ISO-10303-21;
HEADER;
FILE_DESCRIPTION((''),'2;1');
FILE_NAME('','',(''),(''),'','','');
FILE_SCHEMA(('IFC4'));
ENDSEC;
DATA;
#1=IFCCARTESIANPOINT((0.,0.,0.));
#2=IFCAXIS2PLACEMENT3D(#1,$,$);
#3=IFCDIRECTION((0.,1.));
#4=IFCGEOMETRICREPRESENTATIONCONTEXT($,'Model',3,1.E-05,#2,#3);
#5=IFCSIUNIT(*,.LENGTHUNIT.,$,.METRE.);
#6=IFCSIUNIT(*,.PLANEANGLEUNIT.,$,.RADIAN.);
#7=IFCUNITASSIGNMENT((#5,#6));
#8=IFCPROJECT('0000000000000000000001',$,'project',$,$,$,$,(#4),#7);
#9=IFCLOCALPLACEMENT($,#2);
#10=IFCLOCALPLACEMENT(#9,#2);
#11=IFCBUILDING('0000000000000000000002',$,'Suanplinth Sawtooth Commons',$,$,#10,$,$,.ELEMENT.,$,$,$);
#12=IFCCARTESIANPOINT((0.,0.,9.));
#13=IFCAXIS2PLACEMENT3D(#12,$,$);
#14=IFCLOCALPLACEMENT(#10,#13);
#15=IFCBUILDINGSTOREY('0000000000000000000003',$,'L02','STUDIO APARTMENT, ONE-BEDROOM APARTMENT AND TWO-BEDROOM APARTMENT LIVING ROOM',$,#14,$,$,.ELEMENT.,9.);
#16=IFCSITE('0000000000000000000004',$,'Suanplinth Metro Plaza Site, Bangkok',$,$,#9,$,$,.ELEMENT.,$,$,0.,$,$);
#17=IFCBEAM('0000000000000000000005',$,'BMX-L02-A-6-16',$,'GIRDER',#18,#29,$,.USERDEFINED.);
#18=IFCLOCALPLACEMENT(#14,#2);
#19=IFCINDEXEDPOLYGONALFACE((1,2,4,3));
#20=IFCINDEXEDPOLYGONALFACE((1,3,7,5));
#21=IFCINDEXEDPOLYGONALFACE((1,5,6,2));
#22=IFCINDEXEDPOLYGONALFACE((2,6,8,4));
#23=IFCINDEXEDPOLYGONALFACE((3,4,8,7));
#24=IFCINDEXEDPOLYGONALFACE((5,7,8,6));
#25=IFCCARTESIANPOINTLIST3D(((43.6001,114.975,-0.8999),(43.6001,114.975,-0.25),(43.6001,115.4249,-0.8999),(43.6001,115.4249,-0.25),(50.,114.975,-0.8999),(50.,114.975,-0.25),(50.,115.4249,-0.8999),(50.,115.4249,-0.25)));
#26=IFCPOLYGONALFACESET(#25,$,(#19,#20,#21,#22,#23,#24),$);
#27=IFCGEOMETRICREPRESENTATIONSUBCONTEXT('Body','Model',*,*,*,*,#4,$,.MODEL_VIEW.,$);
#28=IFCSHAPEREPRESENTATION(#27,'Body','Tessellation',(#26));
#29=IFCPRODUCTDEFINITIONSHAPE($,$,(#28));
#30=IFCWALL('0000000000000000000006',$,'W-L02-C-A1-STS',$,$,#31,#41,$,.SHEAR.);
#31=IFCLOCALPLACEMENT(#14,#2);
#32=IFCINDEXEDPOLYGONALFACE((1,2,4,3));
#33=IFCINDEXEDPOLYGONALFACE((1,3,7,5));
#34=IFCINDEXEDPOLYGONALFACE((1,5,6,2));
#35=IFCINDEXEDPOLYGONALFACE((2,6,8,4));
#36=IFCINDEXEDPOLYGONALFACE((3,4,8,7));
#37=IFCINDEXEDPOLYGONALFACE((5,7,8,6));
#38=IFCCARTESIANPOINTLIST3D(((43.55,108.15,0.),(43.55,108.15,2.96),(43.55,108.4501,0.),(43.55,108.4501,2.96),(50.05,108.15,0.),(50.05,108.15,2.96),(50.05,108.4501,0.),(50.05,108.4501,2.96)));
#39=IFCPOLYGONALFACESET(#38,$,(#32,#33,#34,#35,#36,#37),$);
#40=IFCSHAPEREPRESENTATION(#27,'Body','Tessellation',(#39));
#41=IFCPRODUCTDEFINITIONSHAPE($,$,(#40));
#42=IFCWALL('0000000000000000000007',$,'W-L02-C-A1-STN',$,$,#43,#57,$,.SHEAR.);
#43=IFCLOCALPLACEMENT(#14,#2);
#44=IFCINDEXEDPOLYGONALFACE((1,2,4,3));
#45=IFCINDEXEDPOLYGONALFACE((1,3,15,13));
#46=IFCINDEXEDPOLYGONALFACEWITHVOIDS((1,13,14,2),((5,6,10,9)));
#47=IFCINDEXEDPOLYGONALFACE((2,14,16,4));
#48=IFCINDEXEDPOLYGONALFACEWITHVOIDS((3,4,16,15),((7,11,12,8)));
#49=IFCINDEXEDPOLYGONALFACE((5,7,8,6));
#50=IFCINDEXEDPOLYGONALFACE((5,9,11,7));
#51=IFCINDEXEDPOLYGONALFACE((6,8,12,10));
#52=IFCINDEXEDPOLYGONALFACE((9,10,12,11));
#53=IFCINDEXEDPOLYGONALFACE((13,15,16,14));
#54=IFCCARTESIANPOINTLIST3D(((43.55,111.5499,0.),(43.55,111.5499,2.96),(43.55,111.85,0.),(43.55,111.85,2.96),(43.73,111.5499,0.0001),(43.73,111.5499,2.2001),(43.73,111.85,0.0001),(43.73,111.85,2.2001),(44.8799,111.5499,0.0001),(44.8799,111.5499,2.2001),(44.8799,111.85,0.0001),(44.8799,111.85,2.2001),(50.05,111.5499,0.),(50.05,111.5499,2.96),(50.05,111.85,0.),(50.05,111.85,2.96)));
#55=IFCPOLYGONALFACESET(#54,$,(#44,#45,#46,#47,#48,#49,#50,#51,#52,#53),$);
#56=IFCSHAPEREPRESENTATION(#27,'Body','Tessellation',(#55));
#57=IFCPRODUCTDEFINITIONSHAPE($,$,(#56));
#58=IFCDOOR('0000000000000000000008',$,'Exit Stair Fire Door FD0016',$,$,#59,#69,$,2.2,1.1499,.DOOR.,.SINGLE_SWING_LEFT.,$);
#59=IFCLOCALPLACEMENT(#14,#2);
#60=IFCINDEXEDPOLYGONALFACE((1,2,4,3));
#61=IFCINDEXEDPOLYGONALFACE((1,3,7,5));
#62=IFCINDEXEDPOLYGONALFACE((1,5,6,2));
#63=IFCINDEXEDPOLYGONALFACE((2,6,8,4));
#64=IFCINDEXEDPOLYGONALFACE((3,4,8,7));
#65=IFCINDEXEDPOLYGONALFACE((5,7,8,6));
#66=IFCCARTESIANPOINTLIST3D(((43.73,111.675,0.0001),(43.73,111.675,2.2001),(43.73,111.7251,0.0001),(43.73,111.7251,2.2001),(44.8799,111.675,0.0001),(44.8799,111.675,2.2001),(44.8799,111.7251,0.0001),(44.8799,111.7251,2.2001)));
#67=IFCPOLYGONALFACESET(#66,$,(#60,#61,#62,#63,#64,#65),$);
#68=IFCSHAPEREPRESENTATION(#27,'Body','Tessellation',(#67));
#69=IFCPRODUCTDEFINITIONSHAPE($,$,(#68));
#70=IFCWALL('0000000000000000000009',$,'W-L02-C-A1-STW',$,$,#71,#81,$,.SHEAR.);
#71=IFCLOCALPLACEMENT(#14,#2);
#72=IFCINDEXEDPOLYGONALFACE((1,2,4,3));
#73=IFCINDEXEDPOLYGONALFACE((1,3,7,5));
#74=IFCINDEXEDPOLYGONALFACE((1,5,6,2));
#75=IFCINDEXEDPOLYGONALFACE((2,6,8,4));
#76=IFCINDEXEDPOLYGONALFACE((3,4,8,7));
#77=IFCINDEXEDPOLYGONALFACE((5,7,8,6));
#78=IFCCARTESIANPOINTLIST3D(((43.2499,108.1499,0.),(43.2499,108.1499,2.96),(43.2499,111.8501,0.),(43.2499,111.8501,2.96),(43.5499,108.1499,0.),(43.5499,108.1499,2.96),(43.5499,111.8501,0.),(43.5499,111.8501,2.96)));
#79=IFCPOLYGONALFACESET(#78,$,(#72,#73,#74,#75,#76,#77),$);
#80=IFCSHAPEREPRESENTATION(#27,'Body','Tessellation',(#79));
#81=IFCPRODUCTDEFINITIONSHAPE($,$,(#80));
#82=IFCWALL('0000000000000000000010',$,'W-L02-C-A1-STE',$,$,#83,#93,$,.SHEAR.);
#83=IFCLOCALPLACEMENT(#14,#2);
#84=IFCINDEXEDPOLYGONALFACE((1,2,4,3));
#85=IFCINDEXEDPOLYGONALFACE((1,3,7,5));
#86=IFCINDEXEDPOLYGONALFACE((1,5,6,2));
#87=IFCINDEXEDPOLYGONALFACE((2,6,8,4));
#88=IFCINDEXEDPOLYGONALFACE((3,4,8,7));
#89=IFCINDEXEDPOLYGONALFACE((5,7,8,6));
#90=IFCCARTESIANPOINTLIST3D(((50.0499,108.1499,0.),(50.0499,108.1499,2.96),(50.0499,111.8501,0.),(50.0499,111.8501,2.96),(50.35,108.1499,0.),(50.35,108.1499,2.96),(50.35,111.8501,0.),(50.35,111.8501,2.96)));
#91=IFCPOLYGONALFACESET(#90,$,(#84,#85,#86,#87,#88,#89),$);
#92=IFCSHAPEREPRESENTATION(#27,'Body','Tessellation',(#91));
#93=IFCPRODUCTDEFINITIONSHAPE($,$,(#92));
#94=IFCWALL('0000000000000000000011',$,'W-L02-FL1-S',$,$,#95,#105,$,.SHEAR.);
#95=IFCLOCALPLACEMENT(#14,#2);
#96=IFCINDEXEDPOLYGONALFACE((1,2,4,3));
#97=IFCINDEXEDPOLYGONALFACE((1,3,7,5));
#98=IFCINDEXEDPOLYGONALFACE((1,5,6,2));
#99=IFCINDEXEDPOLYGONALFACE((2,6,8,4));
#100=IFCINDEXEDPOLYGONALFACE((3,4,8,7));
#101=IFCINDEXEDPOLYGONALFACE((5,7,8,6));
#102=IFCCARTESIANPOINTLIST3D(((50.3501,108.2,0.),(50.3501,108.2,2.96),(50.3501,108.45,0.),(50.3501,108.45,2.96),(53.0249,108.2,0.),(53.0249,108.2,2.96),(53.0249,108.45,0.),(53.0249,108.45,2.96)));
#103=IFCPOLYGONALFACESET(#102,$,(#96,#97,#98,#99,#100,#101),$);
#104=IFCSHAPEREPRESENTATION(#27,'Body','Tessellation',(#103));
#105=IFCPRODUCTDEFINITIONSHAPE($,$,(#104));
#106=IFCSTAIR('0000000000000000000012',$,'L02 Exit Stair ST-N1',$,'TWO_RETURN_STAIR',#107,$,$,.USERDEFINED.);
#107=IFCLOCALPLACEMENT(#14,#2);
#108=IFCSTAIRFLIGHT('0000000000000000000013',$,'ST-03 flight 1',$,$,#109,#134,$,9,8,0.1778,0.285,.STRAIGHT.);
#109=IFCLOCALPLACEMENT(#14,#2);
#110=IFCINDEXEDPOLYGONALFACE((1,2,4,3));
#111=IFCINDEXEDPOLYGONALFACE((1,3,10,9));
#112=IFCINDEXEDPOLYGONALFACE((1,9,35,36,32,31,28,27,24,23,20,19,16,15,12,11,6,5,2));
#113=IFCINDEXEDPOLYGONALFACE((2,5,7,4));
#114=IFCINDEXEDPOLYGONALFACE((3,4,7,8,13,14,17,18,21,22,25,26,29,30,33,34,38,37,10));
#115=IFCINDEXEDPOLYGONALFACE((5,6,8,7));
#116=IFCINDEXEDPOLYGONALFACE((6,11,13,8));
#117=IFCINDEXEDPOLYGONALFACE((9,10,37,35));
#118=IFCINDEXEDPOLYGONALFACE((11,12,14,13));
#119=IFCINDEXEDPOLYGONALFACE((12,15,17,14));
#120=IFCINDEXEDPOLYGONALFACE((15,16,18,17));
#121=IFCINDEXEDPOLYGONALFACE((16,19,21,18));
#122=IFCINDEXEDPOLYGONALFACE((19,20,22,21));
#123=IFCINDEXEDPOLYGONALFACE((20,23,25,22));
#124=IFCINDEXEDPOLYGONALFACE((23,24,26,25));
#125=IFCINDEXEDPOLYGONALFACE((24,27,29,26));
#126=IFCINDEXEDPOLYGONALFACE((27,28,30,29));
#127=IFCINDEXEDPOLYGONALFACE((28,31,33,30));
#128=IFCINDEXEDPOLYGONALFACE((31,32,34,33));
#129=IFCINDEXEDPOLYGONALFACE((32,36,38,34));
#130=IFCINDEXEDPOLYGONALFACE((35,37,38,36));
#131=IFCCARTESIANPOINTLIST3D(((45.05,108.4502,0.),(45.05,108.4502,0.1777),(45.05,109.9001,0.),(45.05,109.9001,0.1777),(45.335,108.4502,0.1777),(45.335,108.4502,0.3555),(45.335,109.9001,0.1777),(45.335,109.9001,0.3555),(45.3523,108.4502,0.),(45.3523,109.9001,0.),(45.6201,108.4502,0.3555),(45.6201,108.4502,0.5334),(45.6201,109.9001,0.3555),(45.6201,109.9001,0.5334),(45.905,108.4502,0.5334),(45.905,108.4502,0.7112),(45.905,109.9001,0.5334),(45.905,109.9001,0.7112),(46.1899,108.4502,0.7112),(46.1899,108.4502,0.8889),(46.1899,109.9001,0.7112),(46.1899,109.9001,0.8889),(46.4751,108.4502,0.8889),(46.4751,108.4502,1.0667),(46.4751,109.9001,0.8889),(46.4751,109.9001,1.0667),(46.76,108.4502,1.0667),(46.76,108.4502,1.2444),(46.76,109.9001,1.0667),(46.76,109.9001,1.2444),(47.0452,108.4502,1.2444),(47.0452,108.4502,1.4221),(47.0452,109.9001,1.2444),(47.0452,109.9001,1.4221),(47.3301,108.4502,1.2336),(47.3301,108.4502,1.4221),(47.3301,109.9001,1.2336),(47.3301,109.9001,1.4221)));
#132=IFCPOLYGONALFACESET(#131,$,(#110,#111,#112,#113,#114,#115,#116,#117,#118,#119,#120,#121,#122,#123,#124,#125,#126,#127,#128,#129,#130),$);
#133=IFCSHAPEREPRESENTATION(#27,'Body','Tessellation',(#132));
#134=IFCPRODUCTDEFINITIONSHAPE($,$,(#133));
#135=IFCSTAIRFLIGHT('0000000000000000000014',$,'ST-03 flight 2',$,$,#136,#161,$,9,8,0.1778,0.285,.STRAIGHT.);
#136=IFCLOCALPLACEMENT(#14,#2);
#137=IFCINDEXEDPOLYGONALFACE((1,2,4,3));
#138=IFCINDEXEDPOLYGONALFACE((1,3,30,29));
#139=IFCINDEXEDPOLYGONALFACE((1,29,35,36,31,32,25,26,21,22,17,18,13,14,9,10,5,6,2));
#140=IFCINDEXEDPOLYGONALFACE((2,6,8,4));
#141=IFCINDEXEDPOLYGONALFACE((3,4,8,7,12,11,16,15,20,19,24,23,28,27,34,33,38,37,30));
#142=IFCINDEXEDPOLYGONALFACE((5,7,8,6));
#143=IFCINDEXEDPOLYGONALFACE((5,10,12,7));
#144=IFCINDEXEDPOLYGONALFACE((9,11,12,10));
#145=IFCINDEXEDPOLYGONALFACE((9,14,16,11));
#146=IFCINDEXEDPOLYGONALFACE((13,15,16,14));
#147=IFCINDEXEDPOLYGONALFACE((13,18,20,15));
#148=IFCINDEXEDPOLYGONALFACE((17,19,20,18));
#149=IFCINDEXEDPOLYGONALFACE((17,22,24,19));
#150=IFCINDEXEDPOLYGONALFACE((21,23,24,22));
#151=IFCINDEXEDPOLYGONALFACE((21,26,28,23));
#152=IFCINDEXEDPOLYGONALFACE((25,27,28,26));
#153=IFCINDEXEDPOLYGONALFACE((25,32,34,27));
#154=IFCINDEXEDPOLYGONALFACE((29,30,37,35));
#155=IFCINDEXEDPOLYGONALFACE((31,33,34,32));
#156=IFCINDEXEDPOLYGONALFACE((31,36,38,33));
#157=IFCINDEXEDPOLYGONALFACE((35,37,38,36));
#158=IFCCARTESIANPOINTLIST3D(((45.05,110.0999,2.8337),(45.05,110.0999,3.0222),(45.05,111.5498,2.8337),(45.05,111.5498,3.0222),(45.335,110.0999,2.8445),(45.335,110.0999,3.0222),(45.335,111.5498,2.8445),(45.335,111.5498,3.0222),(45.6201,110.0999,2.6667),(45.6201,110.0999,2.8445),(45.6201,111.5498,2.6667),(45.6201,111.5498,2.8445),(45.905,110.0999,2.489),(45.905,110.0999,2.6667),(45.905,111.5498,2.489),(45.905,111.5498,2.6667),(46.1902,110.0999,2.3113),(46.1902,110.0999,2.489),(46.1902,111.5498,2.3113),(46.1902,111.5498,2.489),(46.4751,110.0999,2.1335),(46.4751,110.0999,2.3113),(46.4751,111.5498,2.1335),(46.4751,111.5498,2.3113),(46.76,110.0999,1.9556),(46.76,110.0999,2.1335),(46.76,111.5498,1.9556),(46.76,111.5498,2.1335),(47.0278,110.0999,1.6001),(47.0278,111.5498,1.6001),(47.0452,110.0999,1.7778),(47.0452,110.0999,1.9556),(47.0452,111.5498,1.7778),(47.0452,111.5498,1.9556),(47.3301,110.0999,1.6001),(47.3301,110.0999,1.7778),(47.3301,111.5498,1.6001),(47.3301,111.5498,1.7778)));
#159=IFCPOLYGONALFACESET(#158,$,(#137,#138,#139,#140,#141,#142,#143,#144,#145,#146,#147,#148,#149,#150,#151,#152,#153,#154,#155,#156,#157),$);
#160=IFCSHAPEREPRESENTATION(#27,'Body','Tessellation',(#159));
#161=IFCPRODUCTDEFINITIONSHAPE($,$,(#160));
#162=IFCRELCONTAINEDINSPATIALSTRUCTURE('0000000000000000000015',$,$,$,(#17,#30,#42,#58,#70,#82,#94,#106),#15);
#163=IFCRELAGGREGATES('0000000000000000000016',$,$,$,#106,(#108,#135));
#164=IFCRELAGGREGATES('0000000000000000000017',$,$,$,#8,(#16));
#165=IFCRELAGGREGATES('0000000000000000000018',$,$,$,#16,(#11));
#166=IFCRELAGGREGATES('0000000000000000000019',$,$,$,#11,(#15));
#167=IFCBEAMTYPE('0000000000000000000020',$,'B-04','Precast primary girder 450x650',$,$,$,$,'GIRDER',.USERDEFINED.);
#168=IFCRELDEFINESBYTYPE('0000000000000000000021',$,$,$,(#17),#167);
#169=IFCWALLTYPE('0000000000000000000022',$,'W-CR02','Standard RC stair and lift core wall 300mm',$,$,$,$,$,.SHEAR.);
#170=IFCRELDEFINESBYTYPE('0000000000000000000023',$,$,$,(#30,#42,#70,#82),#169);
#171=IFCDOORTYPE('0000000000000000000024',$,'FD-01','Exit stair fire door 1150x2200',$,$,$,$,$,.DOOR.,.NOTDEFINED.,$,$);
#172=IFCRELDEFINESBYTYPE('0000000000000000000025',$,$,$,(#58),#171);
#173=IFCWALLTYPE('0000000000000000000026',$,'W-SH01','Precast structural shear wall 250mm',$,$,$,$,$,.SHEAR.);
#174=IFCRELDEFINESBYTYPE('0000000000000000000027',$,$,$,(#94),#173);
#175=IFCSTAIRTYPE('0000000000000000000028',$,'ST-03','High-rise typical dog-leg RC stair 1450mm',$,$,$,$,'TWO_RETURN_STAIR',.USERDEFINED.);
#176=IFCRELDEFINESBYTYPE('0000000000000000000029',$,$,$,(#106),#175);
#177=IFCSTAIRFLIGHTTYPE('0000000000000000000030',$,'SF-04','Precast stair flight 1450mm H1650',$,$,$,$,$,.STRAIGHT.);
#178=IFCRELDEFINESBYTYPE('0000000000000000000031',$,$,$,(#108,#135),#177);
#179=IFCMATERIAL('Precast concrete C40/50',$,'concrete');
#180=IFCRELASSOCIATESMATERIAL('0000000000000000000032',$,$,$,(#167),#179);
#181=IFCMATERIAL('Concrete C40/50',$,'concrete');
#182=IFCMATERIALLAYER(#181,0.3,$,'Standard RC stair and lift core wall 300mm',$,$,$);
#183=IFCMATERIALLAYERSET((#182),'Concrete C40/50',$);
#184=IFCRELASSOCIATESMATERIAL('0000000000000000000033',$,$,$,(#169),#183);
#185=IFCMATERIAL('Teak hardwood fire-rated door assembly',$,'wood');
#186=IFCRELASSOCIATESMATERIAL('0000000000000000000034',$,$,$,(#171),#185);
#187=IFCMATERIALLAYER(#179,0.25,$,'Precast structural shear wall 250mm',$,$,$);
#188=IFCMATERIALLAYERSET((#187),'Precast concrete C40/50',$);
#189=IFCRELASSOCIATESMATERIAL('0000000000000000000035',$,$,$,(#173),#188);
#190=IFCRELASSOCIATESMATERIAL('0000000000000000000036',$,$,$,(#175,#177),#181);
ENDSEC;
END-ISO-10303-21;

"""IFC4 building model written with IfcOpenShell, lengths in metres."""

from ifc_helpers import new_model, si_unit, direction, frame, frame_2d, origin, origin_2d, place, context, subcontext, project, spatial, polyline, rectangle, outline, extrude, material, layer, layer_set, material_profile, profile_set, type_object, element, fill, aggregate, save


model = new_model("IFC4")

# Units and contexts
model_context = context("Model", 3, precision=1e-05, world=origin(), true_north=direction((0.0, 1.0)))
body_context = subcontext(model_context, "Body", "Model", "MODEL_VIEW")
ifc_project = project(units=[si_unit("LENGTHUNIT", "METRE"), si_unit("PLANEANGLEUNIT", "RADIAN")], contexts=[model_context])

# Site, building, storey
site_placement = place(None, origin())
site = spatial("IfcSite", under=ifc_project, at=site_placement, Name="Suanplinth Metro Plaza Site, Bangkok", CompositionType="ELEMENT", RefElevation=0.0)
building_placement = place(site_placement, origin())
building = spatial("IfcBuilding", under=site, at=building_placement, Name="Suanplinth Sawtooth Commons", CompositionType="ELEMENT")
storey_placement = place(building_placement, frame((0.0, 0.0, 9.0)))
storey = spatial("IfcBuildingStorey", under=building, at=storey_placement, Name="L02", Description="STUDIO APARTMENT, ONE-BEDROOM APARTMENT AND TWO-BEDROOM APARTMENT LIVING ROOM", CompositionType="ELEMENT", Elevation=9.0)

# Beam
ifc_material_1 = material(Name="Precast concrete C40/50", Category="concrete")
ifc_material_profile = material_profile(ifc_material_1, rectangle(XDim=0.45, YDim=0.6499, at=origin_2d()), Name="PC-GDR 450x650")
ifc_profile_set = profile_set([ifc_material_profile], Name="Precast concrete C40/50")
beam_type = type_object("IfcBeamType", Name="B-04", Description="Precast primary girder 450x650", ElementType="GIRDER", PredefinedType="USERDEFINED", material=ifc_profile_set)
beam_placement = place(storey_placement, frame((43.6001, 115.2, -0.575), z_axis=(1.0, 0.0, 0.0), x_axis=(0.0, 1.0, 0.0)))
element("IfcBeam", 1, at=beam_placement, inside=storey, type_object=beam_type, Name="BMX-L02-A-6-16", ObjectType="GIRDER", PredefinedType="USERDEFINED", context=body_context, shape_type="SweptSolid", body=[
    extrude(rectangle(XDim=0.45, YDim=0.6499, at=origin_2d()), origin(), (0.0, 0.0, 1.0), 6.3999),
])

# Wall
ifc_material_2 = material(Name="Concrete C40/50", Category="concrete")
ifc_layer_1 = layer(ifc_material_2, 0.3, Name="Standard RC stair and lift core wall 300mm")
ifc_layer_set_1 = layer_set([ifc_layer_1], Name="Concrete C40/50")
wall_type_1 = type_object("IfcWallType", Name="W-CR02", Description="Standard RC stair and lift core wall 300mm", PredefinedType="SHEAR", material=ifc_layer_set_1)
wall_1_placement = place(storey_placement, frame((43.55, 108.3, 0.0), z_axis=(0.0, 0.0, 1.0), x_axis=(1.0, 0.0, 0.0)))
element("IfcWall", 2, at=wall_1_placement, inside=storey, type_object=wall_type_1, Name="W-L02-C-A1-STS", PredefinedType="SHEAR", context=body_context, shape_type="SweptSolid", body=[
    extrude(rectangle(XDim=6.5, YDim=0.3, at=frame_2d((3.25, 0.0))), origin(), (0.0, 0.0, 1.0), 2.96),
])

# Wall, opening, door
wall_2_placement = place(storey_placement, frame((43.55, 111.7, 0.0), z_axis=(0.0, 0.0, 1.0), x_axis=(1.0, 0.0, 0.0)))
wall_2 = element("IfcWall", 3, at=wall_2_placement, inside=storey, type_object=wall_type_1, Name="W-L02-C-A1-STN", PredefinedType="SHEAR", context=body_context, shape_type="SweptSolid", body=[
    extrude(rectangle(XDim=6.5, YDim=0.3, at=frame_2d((3.25, 0.0))), origin(), (0.0, 0.0, 1.0), 2.96),
])
opening_1_placement = place(wall_2_placement, frame((0.1799, 0.0, 0.0)))
opening_1 = element("IfcOpeningElement", 4, at=opening_1_placement, cuts=wall_2, PredefinedType="OPENING", context=body_context, shape_type="SweptSolid", body=[
    extrude(rectangle(XDim=1.1499, YDim=2.2, at=frame_2d((0.575, 1.1001))), frame((0.0, 0.165, 0.0), z_axis=(0.0, -1.0, 0.0), x_axis=(1.0, 0.0, 0.0)), (0.0, 0.0, 1.0), 0.3298),
])
ifc_material_3 = material(Name="Teak hardwood fire-rated door assembly", Category="wood")
door_type_1 = type_object("IfcDoorType", Name="FD-01", Description="Exit stair fire door 1150x2200", OperationType="NOTDEFINED", PredefinedType="DOOR", material=ifc_material_3)
door_1_placement = place(opening_1_placement, frame((1.1499, 0.0, 0.0), z_axis=(0.0, 0.0, 1.0), x_axis=(-1.0, 0.0, 0.0)))
door_1 = element("IfcDoor", 5, at=door_1_placement, inside=storey, type_object=door_type_1, Name="Exit Stair Fire Door FD0016", OperationType="SINGLE_SWING_LEFT", OverallHeight=2.2, OverallWidth=1.1499, PredefinedType="DOOR", context=body_context, shape_type="SweptSolid", body=[
    extrude(rectangle(XDim=1.1499, YDim=2.2, at=frame_2d((0.575, 1.1001))), frame((0.0, 0.0249, 0.0), z_axis=(0.0, -1.0, 0.0), x_axis=(1.0, 0.0, 0.0)), (0.0, 0.0, 1.0), 0.05),
])
fill(opening_1, door_1)

# Walls
for number, where, z_axis, x_axis, name in (
    (6, (43.3999, 108.1499, 0.0), (0.0, 0.0, 1.0), (0.0, 1.0, 0.0), "W-L02-C-A1-STW"),
    (7, (50.2, 108.1499, 0.0), (0.0, 0.0, 1.0), (0.0, 1.0, 0.0), "W-L02-C-A1-STE"),
):
    element("IfcWall", number, at=place(storey_placement, frame(where, z_axis=z_axis, x_axis=x_axis)), inside=storey, type_object=wall_type_1, Name=name, PredefinedType="SHEAR", context=body_context, shape_type="SweptSolid", body=[
        extrude(rectangle(XDim=3.7002, YDim=0.3, at=frame_2d((1.8501, 0.0))), origin(), (0.0, 0.0, 1.0), 2.96),
    ])

# Wall
ifc_layer_2 = layer(ifc_material_1, 0.25, Name="Precast structural shear wall 250mm")
ifc_layer_set_2 = layer_set([ifc_layer_2], Name="Precast concrete C40/50")
wall_type_2 = type_object("IfcWallType", Name="W-SH01", Description="Precast structural shear wall 250mm", PredefinedType="SHEAR", material=ifc_layer_set_2)
wall_3_placement = place(storey_placement, frame((50.3501, 108.325, 0.0), z_axis=(0.0, 0.0, 1.0), x_axis=(1.0, 0.0, 0.0)))
element("IfcWall", 8, at=wall_3_placement, inside=storey, type_object=wall_type_2, Name="W-L02-FL1-S", PredefinedType="SHEAR", context=body_context, shape_type="SweptSolid", body=[
    extrude(rectangle(XDim=2.6748, YDim=0.25, at=frame_2d((1.3374, 0.0))), origin(), (0.0, 0.0, 1.0), 2.96),
])

# Stair, stair flights
stair_type = type_object("IfcStairType", Name="ST-03", Description="High-rise typical dog-leg RC stair 1450mm", ElementType="TWO_RETURN_STAIR", PredefinedType="USERDEFINED", material=ifc_material_2)
stair_placement = place(storey_placement, origin())
stair = element("IfcStair", 9, at=stair_placement, inside=storey, type_object=stair_type, Name="L02 Exit Stair ST-N1", ObjectType="TWO_RETURN_STAIR", PredefinedType="USERDEFINED")
stair_flight_type = type_object("IfcStairFlightType", Name="SF-04", Description="Precast stair flight 1450mm H1650", PredefinedType="STRAIGHT", material=ifc_material_2)
stair_flight_1_placement = place(storey_placement, frame((45.05, 109.175, 0.0), z_axis=(0.0, 0.0, 1.0), x_axis=(1.0, 0.0, 0.0)))
stair_flight_1 = element("IfcStairFlight", 10, at=stair_flight_1_placement, type_object=stair_flight_type, Name="ST-03 flight 1", NumberOfRisers=9, NumberOfTreads=8, PredefinedType="STRAIGHT", RiserHeight=0.1778, TreadLength=0.285, context=body_context, shape_type="SweptSolid", body=[
    extrude(outline(polyline([(0.0, 0.0), (0.0, 0.1777), (0.2849, 0.1777), (0.2849, 0.3555), (0.5701, 0.3555), (0.5701, 0.5334), (0.855, 0.5334), (0.855, 0.7112), (1.1399, 0.7112), (1.1399, 0.8889), (1.425, 0.8889), (1.425, 1.0667), (1.71, 1.0667), (1.71, 1.2444), (1.9951, 1.2444), (1.9951, 1.4221), (2.28, 1.4221), (2.28, 1.6001), (2.28, 1.2336), (0.3022, 0.0), (0.0, 0.0)])), frame((0.0, 0.7251, 0.0), z_axis=(0.0, -1.0, 0.0), x_axis=(1.0, 0.0, 0.0)), (0.0, 0.0, 1.0), 1.45),
])
stair_flight_2_placement = place(storey_placement, frame((47.3301, 110.825, 1.6001), z_axis=(0.0, 0.0, 1.0), x_axis=(-1.0, 0.0, 0.0)))
stair_flight_2 = element("IfcStairFlight", 11, at=stair_flight_2_placement, type_object=stair_flight_type, Name="ST-03 flight 2", NumberOfRisers=9, NumberOfTreads=8, PredefinedType="STRAIGHT", RiserHeight=0.1778, TreadLength=0.285, context=body_context, shape_type="SweptSolid", body=[
    extrude(outline(polyline([(0.0, 0.0), (0.0, 0.1777), (0.2849, 0.1777), (0.2849, 0.3555), (0.5701, 0.3555), (0.5701, 0.5334), (0.855, 0.5334), (0.855, 0.7112), (1.1399, 0.7112), (1.1399, 0.8889), (1.425, 0.8889), (1.425, 1.0667), (1.71, 1.0667), (1.71, 1.2444), (1.9951, 1.2444), (1.9951, 1.4221), (2.28, 1.4221), (2.28, 1.6001), (2.28, 1.2336), (0.3022, 0.0), (0.0, 0.0)])), frame((0.0, 0.7251, 0.0), z_axis=(0.0, -1.0, 0.0), x_axis=(1.0, 0.0, 0.0)), (0.0, 0.0, 1.0), 1.45),
])
aggregate(stair, [stair_flight_1, stair_flight_2])

save(model, "model.ifc")
